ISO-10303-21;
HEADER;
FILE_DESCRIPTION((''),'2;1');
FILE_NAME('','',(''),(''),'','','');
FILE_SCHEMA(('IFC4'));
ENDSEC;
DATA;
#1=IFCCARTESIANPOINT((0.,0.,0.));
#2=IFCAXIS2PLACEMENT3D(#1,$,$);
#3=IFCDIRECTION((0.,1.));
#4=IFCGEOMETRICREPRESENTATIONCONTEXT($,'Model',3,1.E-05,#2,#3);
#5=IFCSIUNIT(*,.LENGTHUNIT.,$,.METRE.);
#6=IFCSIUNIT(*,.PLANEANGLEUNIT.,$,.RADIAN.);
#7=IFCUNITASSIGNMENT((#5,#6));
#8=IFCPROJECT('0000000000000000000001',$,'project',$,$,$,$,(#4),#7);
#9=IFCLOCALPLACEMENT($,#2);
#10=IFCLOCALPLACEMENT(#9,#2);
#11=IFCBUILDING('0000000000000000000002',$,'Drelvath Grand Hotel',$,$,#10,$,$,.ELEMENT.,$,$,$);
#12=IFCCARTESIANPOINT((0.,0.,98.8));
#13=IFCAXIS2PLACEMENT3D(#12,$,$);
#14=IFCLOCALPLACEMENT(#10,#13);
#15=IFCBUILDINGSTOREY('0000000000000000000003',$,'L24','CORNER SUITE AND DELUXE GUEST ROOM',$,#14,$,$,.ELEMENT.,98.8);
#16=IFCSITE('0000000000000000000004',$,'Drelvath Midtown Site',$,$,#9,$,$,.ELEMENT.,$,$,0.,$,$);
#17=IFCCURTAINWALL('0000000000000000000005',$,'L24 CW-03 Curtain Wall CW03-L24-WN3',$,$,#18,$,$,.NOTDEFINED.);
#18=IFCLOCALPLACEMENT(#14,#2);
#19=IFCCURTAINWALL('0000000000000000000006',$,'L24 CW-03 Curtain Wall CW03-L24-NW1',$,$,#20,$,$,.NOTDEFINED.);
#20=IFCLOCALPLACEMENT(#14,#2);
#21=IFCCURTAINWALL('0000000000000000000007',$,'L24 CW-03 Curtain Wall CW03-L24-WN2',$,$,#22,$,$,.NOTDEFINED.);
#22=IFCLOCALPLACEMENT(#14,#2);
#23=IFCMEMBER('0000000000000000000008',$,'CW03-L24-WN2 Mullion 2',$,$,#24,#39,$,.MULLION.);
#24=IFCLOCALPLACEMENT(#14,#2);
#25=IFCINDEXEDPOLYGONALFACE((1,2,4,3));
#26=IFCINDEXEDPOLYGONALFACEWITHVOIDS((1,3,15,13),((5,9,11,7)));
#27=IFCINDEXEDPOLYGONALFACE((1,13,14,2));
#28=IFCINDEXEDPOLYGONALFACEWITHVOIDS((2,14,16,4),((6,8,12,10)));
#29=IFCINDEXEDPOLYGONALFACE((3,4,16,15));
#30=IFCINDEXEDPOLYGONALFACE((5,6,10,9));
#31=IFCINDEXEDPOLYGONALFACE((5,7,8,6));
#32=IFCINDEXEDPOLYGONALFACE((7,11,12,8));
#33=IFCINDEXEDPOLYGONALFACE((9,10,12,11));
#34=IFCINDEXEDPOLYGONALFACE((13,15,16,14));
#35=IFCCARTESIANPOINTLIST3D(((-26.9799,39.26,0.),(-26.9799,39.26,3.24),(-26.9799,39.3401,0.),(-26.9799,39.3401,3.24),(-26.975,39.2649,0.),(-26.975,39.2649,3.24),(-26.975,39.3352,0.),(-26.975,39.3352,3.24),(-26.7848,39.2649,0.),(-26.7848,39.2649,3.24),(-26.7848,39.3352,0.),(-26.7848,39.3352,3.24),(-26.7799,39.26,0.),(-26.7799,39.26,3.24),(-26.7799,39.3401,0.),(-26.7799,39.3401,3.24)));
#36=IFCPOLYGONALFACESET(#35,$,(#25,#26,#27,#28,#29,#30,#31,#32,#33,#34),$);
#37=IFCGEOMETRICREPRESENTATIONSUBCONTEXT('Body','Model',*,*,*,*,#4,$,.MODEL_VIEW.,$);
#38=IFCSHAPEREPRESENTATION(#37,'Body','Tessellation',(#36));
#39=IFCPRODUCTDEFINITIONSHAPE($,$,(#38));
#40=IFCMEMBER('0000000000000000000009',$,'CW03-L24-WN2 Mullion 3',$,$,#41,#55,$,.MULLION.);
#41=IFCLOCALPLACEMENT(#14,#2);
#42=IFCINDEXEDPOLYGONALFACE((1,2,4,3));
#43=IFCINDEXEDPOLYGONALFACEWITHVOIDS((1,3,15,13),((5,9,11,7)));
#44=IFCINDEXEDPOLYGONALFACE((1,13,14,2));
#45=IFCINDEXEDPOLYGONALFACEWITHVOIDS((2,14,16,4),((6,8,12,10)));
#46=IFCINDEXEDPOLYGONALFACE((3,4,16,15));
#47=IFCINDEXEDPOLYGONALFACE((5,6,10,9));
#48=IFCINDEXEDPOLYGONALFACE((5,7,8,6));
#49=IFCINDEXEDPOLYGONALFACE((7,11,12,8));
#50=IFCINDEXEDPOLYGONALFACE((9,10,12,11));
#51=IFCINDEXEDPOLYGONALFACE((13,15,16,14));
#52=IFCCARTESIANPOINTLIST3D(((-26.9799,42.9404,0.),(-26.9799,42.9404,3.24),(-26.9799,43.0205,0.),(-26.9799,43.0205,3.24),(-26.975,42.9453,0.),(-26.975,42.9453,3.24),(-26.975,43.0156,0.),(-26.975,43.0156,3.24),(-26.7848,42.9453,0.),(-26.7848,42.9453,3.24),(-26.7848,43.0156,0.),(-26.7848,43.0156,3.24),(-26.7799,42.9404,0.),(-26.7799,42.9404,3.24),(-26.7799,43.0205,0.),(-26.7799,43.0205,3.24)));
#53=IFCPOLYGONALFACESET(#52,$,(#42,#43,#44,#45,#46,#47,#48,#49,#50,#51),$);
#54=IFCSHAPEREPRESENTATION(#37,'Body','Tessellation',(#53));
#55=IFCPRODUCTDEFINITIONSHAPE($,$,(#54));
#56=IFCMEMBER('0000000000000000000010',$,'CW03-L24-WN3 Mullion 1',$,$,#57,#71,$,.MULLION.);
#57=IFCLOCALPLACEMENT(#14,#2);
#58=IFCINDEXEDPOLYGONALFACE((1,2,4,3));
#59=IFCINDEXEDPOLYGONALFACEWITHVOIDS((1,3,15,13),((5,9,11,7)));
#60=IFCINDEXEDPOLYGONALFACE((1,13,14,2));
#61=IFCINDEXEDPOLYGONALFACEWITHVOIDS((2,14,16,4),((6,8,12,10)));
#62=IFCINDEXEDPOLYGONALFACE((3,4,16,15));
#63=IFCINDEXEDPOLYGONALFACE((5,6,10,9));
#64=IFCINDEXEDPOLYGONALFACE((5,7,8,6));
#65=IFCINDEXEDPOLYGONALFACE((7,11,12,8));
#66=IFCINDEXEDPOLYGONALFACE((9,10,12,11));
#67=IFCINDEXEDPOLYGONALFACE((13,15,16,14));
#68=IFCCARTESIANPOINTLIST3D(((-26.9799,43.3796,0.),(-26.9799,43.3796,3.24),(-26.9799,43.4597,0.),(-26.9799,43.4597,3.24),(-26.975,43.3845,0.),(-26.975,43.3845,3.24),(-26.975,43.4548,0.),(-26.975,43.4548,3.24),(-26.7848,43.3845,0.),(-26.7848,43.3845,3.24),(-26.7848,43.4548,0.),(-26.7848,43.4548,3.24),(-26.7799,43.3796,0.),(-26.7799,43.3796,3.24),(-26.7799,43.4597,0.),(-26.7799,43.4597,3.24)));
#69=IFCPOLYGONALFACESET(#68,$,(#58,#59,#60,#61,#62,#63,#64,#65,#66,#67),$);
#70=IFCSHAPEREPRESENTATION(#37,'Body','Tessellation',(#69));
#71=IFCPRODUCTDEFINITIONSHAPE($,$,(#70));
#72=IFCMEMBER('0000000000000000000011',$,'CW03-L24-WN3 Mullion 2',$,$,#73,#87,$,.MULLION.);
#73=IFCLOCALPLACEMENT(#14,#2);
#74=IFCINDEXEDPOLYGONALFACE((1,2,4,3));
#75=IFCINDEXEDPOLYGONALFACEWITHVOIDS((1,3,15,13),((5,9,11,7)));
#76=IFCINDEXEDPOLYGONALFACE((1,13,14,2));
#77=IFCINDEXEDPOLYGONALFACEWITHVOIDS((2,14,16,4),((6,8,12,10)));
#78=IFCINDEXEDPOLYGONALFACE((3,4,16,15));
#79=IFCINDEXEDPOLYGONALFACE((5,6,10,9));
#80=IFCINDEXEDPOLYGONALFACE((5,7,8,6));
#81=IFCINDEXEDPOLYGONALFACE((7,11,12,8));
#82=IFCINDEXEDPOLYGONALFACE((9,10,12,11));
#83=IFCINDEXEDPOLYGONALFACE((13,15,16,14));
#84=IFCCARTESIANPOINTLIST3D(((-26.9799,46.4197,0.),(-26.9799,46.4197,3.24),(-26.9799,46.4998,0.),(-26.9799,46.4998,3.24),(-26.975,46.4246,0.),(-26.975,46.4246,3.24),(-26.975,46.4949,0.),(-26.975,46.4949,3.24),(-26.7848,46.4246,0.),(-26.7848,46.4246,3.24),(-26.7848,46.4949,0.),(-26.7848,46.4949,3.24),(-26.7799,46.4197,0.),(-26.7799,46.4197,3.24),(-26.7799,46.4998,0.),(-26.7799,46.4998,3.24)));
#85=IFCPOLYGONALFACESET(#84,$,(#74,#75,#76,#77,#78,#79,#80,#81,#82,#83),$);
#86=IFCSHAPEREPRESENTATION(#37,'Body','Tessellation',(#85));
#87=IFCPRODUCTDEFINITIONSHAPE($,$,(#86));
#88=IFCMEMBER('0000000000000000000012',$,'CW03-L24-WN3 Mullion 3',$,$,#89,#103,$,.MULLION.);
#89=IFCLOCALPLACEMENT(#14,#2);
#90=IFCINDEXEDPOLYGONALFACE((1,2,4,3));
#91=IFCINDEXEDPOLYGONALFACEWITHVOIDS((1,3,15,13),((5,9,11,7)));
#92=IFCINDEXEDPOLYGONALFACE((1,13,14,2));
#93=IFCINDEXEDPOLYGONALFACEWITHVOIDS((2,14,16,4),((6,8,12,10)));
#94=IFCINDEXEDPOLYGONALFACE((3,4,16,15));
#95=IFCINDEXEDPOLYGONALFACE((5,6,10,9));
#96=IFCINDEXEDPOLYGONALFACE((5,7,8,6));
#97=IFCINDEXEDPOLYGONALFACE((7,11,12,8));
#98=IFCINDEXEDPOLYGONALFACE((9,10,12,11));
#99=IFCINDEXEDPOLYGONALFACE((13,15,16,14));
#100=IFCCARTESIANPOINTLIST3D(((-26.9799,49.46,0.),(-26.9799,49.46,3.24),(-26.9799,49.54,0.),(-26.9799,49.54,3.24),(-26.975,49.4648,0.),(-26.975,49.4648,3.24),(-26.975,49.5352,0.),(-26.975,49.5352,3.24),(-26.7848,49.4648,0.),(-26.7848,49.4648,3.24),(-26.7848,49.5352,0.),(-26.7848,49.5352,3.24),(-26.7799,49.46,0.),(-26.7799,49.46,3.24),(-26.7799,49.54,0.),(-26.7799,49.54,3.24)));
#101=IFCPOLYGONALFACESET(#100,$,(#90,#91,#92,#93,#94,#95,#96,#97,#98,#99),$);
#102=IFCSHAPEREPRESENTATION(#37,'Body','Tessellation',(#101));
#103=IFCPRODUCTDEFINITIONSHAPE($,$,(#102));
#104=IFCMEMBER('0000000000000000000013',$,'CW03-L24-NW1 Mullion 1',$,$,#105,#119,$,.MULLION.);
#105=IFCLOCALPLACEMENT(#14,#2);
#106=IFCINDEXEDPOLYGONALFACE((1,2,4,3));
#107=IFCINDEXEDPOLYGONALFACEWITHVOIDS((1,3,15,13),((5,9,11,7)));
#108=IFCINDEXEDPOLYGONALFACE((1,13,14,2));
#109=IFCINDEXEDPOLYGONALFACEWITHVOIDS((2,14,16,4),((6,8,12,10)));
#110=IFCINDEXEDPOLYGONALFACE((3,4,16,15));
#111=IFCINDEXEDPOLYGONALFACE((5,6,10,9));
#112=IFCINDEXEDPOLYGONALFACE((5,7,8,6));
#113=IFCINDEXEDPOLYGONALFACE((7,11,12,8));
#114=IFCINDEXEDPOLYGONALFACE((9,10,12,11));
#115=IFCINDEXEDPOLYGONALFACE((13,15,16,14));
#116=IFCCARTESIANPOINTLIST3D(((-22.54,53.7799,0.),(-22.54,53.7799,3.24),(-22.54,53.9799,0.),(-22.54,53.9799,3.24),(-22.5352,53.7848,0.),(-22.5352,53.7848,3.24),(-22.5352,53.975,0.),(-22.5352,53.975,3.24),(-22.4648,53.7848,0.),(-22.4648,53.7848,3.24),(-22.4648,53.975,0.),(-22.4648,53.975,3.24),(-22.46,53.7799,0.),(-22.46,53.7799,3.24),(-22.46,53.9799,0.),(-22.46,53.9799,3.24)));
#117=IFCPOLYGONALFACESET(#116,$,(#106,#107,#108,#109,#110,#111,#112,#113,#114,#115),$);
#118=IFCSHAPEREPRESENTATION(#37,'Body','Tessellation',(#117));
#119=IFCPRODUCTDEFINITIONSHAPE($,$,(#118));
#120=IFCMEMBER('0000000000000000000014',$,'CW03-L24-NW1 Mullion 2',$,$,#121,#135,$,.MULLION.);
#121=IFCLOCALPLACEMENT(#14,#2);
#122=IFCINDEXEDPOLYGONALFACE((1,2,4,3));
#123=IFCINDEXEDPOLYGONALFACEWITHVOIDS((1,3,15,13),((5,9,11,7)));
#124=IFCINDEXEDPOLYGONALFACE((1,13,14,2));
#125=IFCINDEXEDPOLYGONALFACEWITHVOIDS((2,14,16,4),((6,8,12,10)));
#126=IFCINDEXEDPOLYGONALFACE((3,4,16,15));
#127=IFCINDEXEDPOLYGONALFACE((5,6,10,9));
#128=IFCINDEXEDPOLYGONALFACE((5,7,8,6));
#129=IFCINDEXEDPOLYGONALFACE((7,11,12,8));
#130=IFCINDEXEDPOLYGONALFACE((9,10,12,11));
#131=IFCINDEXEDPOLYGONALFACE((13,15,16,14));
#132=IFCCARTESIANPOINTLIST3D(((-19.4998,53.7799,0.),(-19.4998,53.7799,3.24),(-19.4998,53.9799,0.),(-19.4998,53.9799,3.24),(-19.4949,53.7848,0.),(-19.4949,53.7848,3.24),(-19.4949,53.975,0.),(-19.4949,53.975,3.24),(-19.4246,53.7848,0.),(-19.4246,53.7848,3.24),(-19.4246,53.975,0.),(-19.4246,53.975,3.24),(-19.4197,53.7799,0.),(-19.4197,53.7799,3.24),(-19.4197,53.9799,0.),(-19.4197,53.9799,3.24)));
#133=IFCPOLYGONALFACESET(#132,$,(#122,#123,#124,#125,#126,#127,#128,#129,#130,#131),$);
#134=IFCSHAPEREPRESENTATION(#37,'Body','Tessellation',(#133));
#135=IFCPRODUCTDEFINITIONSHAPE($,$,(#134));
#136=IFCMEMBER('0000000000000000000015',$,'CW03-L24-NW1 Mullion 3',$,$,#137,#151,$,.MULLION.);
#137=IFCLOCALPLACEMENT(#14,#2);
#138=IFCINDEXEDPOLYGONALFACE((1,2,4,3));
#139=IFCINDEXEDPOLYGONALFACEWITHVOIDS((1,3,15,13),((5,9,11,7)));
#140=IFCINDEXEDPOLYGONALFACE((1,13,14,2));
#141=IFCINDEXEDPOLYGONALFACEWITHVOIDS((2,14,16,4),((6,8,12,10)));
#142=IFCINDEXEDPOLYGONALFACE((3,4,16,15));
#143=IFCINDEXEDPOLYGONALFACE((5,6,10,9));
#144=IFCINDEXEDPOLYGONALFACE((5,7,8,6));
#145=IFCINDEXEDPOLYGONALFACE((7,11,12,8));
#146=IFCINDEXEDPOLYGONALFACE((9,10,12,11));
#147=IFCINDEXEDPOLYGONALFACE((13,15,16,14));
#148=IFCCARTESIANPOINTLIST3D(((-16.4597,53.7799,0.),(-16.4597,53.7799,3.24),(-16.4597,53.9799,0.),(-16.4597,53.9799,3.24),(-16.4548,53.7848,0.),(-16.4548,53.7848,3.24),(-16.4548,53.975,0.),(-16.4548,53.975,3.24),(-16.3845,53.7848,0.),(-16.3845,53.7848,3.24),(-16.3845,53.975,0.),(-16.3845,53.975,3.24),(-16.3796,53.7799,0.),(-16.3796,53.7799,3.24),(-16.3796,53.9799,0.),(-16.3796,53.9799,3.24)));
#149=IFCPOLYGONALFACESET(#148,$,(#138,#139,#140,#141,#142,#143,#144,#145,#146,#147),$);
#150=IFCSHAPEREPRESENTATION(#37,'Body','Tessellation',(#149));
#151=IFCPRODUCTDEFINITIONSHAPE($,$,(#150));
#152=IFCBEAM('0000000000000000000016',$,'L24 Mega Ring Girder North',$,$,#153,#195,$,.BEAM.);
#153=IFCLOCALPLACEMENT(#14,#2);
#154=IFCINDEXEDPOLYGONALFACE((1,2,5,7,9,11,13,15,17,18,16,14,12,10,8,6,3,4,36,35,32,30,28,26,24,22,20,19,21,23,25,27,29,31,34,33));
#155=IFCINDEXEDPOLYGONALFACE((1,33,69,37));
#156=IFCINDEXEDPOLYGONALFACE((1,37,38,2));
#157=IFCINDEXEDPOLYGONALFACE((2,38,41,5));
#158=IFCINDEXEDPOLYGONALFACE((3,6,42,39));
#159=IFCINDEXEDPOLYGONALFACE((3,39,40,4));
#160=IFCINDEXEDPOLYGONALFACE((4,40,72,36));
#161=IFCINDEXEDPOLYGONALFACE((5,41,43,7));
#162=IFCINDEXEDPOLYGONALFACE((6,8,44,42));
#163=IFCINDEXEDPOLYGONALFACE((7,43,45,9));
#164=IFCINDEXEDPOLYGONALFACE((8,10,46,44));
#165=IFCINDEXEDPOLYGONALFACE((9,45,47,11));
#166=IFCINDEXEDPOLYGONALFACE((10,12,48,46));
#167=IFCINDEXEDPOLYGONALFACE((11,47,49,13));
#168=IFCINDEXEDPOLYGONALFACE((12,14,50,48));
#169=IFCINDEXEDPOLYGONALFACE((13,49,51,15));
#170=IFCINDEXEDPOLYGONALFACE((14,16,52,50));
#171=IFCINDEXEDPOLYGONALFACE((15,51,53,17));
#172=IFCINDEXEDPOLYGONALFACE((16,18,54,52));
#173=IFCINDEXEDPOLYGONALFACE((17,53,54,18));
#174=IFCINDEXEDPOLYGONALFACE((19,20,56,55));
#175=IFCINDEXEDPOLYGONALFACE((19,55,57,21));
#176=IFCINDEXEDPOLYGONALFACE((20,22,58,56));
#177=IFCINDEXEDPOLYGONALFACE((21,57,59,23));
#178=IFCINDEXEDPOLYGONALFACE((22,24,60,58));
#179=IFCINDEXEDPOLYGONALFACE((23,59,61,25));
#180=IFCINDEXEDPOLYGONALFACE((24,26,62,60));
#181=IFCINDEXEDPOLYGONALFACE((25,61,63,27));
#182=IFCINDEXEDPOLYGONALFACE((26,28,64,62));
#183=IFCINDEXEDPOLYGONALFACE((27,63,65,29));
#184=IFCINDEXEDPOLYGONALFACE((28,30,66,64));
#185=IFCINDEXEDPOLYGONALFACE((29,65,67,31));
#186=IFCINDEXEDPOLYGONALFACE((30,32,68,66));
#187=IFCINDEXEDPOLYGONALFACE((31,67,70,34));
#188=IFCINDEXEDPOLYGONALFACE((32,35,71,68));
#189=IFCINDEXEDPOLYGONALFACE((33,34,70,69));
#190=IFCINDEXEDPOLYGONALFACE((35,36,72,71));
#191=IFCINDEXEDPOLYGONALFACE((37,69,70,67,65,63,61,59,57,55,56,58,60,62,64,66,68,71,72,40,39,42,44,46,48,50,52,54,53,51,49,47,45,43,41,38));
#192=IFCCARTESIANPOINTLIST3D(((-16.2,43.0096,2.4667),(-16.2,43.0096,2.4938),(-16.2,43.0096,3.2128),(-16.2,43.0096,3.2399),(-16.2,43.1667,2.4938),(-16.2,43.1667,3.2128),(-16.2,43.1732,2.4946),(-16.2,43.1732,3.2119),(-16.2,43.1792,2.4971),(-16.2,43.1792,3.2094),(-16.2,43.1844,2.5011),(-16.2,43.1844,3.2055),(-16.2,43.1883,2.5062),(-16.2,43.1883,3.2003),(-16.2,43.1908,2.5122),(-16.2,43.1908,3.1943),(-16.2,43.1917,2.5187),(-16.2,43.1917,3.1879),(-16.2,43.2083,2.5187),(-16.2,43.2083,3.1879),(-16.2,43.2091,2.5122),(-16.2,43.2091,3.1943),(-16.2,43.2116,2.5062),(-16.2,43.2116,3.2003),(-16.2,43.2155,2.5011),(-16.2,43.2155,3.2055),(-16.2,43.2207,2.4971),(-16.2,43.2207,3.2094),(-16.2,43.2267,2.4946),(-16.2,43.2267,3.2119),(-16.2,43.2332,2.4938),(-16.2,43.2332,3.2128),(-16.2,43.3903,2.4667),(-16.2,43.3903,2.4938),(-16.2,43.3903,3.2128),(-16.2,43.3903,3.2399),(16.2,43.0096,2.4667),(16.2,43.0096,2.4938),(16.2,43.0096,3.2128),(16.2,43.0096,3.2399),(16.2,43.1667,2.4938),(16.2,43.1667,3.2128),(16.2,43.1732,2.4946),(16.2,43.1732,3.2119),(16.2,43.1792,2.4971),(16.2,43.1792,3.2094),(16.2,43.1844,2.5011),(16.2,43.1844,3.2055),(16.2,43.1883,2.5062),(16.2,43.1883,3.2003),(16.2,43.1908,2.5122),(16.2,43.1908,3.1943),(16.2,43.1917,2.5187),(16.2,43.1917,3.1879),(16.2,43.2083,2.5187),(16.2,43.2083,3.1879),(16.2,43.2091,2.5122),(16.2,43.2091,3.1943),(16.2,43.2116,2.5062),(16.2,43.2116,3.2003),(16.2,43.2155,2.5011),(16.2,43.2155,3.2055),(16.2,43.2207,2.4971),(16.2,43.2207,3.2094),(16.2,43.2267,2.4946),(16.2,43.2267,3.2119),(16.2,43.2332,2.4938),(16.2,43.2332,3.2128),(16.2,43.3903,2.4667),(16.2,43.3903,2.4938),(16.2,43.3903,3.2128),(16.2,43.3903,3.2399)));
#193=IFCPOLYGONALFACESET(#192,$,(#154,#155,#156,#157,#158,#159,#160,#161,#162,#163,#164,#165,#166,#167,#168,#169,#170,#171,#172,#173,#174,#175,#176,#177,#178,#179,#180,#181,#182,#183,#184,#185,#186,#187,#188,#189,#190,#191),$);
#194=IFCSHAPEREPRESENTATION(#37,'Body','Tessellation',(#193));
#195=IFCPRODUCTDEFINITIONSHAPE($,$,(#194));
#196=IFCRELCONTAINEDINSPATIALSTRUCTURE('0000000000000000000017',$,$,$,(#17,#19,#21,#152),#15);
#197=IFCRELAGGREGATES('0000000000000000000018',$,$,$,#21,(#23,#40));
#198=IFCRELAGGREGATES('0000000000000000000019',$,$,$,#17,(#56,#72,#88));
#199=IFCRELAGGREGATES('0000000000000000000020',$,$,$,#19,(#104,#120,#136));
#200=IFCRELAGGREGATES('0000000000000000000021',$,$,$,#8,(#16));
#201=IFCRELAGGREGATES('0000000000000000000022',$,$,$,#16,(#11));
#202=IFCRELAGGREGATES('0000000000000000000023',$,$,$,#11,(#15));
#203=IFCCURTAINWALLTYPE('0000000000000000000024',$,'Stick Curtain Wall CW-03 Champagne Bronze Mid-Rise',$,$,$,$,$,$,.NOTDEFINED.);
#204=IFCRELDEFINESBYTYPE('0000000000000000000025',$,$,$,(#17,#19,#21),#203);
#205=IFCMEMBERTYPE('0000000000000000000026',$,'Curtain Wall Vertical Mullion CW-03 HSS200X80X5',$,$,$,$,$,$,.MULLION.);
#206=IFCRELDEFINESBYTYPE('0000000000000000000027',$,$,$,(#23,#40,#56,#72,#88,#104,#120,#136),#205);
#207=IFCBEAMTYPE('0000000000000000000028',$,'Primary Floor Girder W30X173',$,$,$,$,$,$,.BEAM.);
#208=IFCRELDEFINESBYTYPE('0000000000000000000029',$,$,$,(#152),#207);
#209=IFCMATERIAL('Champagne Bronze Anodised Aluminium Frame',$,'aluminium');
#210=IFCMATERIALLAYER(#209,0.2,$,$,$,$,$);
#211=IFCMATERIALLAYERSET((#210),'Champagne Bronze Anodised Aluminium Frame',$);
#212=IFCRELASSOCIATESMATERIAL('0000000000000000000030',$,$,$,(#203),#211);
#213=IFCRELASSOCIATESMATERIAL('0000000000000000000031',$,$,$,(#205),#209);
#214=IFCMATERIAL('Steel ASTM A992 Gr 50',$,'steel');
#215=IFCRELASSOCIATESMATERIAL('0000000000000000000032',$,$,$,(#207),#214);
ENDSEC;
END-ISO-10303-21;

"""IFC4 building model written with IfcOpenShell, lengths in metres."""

from ifc_helpers import new_model, si_unit, direction, frame, origin, origin_2d, place, context, subcontext, project, spatial, hollow_rectangle, i_section, extrude, material, layer, layer_set, material_profile, profile_set, type_object, element, aggregate, save


model = new_model("IFC4")

# Units and contexts
model_context = context("Model", 3, precision=1e-05, world=origin(), true_north=direction((0.0, 1.0)))
body_context = subcontext(model_context, "Body", "Model", "MODEL_VIEW")
ifc_project = project(units=[si_unit("LENGTHUNIT", "METRE"), si_unit("PLANEANGLEUNIT", "RADIAN")], contexts=[model_context])

# Site, building, storey
site_placement = place(None, origin())
site = spatial("IfcSite", under=ifc_project, at=site_placement, Name="Drelvath Midtown Site", CompositionType="ELEMENT", RefElevation=0.0)
building_placement = place(site_placement, origin())
building = spatial("IfcBuilding", under=site, at=building_placement, Name="Drelvath Grand Hotel", CompositionType="ELEMENT")
storey_placement = place(building_placement, frame((0.0, 0.0, 98.8)))
storey = spatial("IfcBuildingStorey", under=building, at=storey_placement, Name="L24", Description="CORNER SUITE AND DELUXE GUEST ROOM", CompositionType="ELEMENT", Elevation=98.8)

# Shared definitions
ifc_material_1 = material(Name="Steel ASTM A992 Gr 50", Category="steel")

# Curtain walls
ifc_material_2 = material(Name="Champagne Bronze Anodised Aluminium Frame", Category="aluminium")
ifc_layer_1 = layer(ifc_material_2, 0.2)
ifc_layer_set_1 = layer_set([ifc_layer_1], Name="Champagne Bronze Anodised Aluminium Frame")
curtain_wall_type = type_object("IfcCurtainWallType", Name="Stick Curtain Wall CW-03 Champagne Bronze Mid-Rise", PredefinedType="NOTDEFINED", material=ifc_layer_set_1)
curtain_wall_1_placement = place(storey_placement, origin())
curtain_wall_1 = element("IfcCurtainWall", 1, at=curtain_wall_1_placement, inside=storey, type_object=curtain_wall_type, Name="L24 CW-03 Curtain Wall CW03-L24-WN3", PredefinedType="NOTDEFINED")
curtain_wall_2_placement = place(storey_placement, origin())
curtain_wall_2 = element("IfcCurtainWall", 2, at=curtain_wall_2_placement, inside=storey, type_object=curtain_wall_type, Name="L24 CW-03 Curtain Wall CW03-L24-NW1", PredefinedType="NOTDEFINED")

# Curtain wall, members
curtain_wall_3_placement = place(storey_placement, origin())
curtain_wall_3 = element("IfcCurtainWall", 3, at=curtain_wall_3_placement, inside=storey, type_object=curtain_wall_type, Name="L24 CW-03 Curtain Wall CW03-L24-WN2", PredefinedType="NOTDEFINED")
ifc_material_profile_1 = material_profile(ifc_material_2, hollow_rectangle(XDim=0.0801, YDim=0.2, WallThickness=0.0049, at=origin_2d()), Name="HSS200X80X5")
ifc_profile_set_1 = profile_set([ifc_material_profile_1], Name="Champagne Bronze Anodised Aluminium Frame")
member_type_1 = type_object("IfcMemberType", Name="Curtain Wall Vertical Mullion CW-03 HSS200X80X5", PredefinedType="MULLION", material=ifc_profile_set_1)
member_1_placement = place(storey_placement, frame((-26.8799, 39.3, 0.0), z_axis=(0.0, 0.0, 1.0), x_axis=(0.0, 1.0, 0.0)))
member_1 = element("IfcMember", 4, at=member_1_placement, type_object=member_type_1, Name="CW03-L24-WN2 Mullion 2", PredefinedType="MULLION", context=body_context, shape_type="SweptSolid", body=[
    extrude(hollow_rectangle(XDim=0.0801, YDim=0.2, WallThickness=0.0049, at=origin_2d()), origin(), (0.0, 0.0, 1.0), 3.24),
])
member_2_placement = place(storey_placement, frame((-26.8799, 42.9805, 0.0), z_axis=(0.0, 0.0, 1.0), x_axis=(0.0, 1.0, 0.0)))
member_2 = element("IfcMember", 5, at=member_2_placement, type_object=member_type_1, Name="CW03-L24-WN2 Mullion 3", PredefinedType="MULLION", context=body_context, shape_type="SweptSolid", body=[
    extrude(hollow_rectangle(XDim=0.0801, YDim=0.2, WallThickness=0.0049, at=origin_2d()), origin(), (0.0, 0.0, 1.0), 3.24),
])

# Members
member_3_placement = place(storey_placement, frame((-26.8799, 43.4197, 0.0), z_axis=(0.0, 0.0, 1.0), x_axis=(0.0, 1.0, 0.0)))
member_3 = element("IfcMember", 6, at=member_3_placement, type_object=member_type_1, Name="CW03-L24-WN3 Mullion 1", PredefinedType="MULLION", context=body_context, shape_type="SweptSolid", body=[
    extrude(hollow_rectangle(XDim=0.0801, YDim=0.2, WallThickness=0.0049, at=origin_2d()), origin(), (0.0, 0.0, 1.0), 3.24),
])
member_4_placement = place(storey_placement, frame((-26.8799, 46.4597, 0.0), z_axis=(0.0, 0.0, 1.0), x_axis=(0.0, 1.0, 0.0)))
member_4 = element("IfcMember", 7, at=member_4_placement, type_object=member_type_1, Name="CW03-L24-WN3 Mullion 2", PredefinedType="MULLION", context=body_context, shape_type="SweptSolid", body=[
    extrude(hollow_rectangle(XDim=0.0801, YDim=0.2, WallThickness=0.0049, at=origin_2d()), origin(), (0.0, 0.0, 1.0), 3.24),
])
member_5_placement = place(storey_placement, frame((-26.8799, 49.5, 0.0), z_axis=(0.0, 0.0, 1.0), x_axis=(0.0, 1.0, 0.0)))
member_5 = element("IfcMember", 8, at=member_5_placement, type_object=member_type_1, Name="CW03-L24-WN3 Mullion 3", PredefinedType="MULLION", context=body_context, shape_type="SweptSolid", body=[
    extrude(hollow_rectangle(XDim=0.0801, YDim=0.2, WallThickness=0.0049, at=origin_2d()), origin(), (0.0, 0.0, 1.0), 3.24),
])
member_6_placement = place(storey_placement, frame((-22.5, 53.8799, 0.0), z_axis=(0.0, 0.0, 1.0), x_axis=(1.0, 0.0, 0.0)))
member_6 = element("IfcMember", 9, at=member_6_placement, type_object=member_type_1, Name="CW03-L24-NW1 Mullion 1", PredefinedType="MULLION", context=body_context, shape_type="SweptSolid", body=[
    extrude(hollow_rectangle(XDim=0.0801, YDim=0.2, WallThickness=0.0049, at=origin_2d()), origin(), (0.0, 0.0, 1.0), 3.24),
])
member_7_placement = place(storey_placement, frame((-19.4597, 53.8799, 0.0), z_axis=(0.0, 0.0, 1.0), x_axis=(1.0, 0.0, 0.0)))
member_7 = element("IfcMember", 10, at=member_7_placement, type_object=member_type_1, Name="CW03-L24-NW1 Mullion 2", PredefinedType="MULLION", context=body_context, shape_type="SweptSolid", body=[
    extrude(hollow_rectangle(XDim=0.0801, YDim=0.2, WallThickness=0.0049, at=origin_2d()), origin(), (0.0, 0.0, 1.0), 3.24),
])
member_8_placement = place(storey_placement, frame((-16.4197, 53.8799, 0.0), z_axis=(0.0, 0.0, 1.0), x_axis=(1.0, 0.0, 0.0)))
member_8 = element("IfcMember", 11, at=member_8_placement, type_object=member_type_1, Name="CW03-L24-NW1 Mullion 3", PredefinedType="MULLION", context=body_context, shape_type="SweptSolid", body=[
    extrude(hollow_rectangle(XDim=0.0801, YDim=0.2, WallThickness=0.0049, at=origin_2d()), origin(), (0.0, 0.0, 1.0), 3.24),
])

# Beam
ifc_material_profile_2 = material_profile(ifc_material_1, i_section(OverallWidth=0.3806, OverallDepth=0.7732, WebThickness=0.0166, FlangeThickness=0.0271, FilletRadius=0.0249, at=origin_2d()), Name="W30X173")
ifc_profile_set_2 = profile_set([ifc_material_profile_2], Name="Steel ASTM A992 Gr 50")
beam_type_1 = type_object("IfcBeamType", Name="Primary Floor Girder W30X173", PredefinedType="BEAM", material=ifc_profile_set_2)
beam_1_placement = place(storey_placement, frame((-16.2, 43.2, 2.8533), z_axis=(1.0, 0.0, 0.0), x_axis=(0.0, 1.0, 0.0)))
element("IfcBeam", 12, at=beam_1_placement, inside=storey, type_object=beam_type_1, Name="L24 Mega Ring Girder North", PredefinedType="BEAM", context=body_context, shape_type="SweptSolid", body=[
    extrude(i_section(OverallWidth=0.3806, OverallDepth=0.7732, WebThickness=0.0166, FlangeThickness=0.0271, FilletRadius=0.0249, at=origin_2d()), origin(), (0.0, 0.0, 1.0), 32.3999),
])

aggregate(curtain_wall_3, [member_1, member_2])
aggregate(curtain_wall_1, [member_3, member_4, member_5])
aggregate(curtain_wall_2, [member_6, member_7, member_8])

save(model, "model.ifc")
